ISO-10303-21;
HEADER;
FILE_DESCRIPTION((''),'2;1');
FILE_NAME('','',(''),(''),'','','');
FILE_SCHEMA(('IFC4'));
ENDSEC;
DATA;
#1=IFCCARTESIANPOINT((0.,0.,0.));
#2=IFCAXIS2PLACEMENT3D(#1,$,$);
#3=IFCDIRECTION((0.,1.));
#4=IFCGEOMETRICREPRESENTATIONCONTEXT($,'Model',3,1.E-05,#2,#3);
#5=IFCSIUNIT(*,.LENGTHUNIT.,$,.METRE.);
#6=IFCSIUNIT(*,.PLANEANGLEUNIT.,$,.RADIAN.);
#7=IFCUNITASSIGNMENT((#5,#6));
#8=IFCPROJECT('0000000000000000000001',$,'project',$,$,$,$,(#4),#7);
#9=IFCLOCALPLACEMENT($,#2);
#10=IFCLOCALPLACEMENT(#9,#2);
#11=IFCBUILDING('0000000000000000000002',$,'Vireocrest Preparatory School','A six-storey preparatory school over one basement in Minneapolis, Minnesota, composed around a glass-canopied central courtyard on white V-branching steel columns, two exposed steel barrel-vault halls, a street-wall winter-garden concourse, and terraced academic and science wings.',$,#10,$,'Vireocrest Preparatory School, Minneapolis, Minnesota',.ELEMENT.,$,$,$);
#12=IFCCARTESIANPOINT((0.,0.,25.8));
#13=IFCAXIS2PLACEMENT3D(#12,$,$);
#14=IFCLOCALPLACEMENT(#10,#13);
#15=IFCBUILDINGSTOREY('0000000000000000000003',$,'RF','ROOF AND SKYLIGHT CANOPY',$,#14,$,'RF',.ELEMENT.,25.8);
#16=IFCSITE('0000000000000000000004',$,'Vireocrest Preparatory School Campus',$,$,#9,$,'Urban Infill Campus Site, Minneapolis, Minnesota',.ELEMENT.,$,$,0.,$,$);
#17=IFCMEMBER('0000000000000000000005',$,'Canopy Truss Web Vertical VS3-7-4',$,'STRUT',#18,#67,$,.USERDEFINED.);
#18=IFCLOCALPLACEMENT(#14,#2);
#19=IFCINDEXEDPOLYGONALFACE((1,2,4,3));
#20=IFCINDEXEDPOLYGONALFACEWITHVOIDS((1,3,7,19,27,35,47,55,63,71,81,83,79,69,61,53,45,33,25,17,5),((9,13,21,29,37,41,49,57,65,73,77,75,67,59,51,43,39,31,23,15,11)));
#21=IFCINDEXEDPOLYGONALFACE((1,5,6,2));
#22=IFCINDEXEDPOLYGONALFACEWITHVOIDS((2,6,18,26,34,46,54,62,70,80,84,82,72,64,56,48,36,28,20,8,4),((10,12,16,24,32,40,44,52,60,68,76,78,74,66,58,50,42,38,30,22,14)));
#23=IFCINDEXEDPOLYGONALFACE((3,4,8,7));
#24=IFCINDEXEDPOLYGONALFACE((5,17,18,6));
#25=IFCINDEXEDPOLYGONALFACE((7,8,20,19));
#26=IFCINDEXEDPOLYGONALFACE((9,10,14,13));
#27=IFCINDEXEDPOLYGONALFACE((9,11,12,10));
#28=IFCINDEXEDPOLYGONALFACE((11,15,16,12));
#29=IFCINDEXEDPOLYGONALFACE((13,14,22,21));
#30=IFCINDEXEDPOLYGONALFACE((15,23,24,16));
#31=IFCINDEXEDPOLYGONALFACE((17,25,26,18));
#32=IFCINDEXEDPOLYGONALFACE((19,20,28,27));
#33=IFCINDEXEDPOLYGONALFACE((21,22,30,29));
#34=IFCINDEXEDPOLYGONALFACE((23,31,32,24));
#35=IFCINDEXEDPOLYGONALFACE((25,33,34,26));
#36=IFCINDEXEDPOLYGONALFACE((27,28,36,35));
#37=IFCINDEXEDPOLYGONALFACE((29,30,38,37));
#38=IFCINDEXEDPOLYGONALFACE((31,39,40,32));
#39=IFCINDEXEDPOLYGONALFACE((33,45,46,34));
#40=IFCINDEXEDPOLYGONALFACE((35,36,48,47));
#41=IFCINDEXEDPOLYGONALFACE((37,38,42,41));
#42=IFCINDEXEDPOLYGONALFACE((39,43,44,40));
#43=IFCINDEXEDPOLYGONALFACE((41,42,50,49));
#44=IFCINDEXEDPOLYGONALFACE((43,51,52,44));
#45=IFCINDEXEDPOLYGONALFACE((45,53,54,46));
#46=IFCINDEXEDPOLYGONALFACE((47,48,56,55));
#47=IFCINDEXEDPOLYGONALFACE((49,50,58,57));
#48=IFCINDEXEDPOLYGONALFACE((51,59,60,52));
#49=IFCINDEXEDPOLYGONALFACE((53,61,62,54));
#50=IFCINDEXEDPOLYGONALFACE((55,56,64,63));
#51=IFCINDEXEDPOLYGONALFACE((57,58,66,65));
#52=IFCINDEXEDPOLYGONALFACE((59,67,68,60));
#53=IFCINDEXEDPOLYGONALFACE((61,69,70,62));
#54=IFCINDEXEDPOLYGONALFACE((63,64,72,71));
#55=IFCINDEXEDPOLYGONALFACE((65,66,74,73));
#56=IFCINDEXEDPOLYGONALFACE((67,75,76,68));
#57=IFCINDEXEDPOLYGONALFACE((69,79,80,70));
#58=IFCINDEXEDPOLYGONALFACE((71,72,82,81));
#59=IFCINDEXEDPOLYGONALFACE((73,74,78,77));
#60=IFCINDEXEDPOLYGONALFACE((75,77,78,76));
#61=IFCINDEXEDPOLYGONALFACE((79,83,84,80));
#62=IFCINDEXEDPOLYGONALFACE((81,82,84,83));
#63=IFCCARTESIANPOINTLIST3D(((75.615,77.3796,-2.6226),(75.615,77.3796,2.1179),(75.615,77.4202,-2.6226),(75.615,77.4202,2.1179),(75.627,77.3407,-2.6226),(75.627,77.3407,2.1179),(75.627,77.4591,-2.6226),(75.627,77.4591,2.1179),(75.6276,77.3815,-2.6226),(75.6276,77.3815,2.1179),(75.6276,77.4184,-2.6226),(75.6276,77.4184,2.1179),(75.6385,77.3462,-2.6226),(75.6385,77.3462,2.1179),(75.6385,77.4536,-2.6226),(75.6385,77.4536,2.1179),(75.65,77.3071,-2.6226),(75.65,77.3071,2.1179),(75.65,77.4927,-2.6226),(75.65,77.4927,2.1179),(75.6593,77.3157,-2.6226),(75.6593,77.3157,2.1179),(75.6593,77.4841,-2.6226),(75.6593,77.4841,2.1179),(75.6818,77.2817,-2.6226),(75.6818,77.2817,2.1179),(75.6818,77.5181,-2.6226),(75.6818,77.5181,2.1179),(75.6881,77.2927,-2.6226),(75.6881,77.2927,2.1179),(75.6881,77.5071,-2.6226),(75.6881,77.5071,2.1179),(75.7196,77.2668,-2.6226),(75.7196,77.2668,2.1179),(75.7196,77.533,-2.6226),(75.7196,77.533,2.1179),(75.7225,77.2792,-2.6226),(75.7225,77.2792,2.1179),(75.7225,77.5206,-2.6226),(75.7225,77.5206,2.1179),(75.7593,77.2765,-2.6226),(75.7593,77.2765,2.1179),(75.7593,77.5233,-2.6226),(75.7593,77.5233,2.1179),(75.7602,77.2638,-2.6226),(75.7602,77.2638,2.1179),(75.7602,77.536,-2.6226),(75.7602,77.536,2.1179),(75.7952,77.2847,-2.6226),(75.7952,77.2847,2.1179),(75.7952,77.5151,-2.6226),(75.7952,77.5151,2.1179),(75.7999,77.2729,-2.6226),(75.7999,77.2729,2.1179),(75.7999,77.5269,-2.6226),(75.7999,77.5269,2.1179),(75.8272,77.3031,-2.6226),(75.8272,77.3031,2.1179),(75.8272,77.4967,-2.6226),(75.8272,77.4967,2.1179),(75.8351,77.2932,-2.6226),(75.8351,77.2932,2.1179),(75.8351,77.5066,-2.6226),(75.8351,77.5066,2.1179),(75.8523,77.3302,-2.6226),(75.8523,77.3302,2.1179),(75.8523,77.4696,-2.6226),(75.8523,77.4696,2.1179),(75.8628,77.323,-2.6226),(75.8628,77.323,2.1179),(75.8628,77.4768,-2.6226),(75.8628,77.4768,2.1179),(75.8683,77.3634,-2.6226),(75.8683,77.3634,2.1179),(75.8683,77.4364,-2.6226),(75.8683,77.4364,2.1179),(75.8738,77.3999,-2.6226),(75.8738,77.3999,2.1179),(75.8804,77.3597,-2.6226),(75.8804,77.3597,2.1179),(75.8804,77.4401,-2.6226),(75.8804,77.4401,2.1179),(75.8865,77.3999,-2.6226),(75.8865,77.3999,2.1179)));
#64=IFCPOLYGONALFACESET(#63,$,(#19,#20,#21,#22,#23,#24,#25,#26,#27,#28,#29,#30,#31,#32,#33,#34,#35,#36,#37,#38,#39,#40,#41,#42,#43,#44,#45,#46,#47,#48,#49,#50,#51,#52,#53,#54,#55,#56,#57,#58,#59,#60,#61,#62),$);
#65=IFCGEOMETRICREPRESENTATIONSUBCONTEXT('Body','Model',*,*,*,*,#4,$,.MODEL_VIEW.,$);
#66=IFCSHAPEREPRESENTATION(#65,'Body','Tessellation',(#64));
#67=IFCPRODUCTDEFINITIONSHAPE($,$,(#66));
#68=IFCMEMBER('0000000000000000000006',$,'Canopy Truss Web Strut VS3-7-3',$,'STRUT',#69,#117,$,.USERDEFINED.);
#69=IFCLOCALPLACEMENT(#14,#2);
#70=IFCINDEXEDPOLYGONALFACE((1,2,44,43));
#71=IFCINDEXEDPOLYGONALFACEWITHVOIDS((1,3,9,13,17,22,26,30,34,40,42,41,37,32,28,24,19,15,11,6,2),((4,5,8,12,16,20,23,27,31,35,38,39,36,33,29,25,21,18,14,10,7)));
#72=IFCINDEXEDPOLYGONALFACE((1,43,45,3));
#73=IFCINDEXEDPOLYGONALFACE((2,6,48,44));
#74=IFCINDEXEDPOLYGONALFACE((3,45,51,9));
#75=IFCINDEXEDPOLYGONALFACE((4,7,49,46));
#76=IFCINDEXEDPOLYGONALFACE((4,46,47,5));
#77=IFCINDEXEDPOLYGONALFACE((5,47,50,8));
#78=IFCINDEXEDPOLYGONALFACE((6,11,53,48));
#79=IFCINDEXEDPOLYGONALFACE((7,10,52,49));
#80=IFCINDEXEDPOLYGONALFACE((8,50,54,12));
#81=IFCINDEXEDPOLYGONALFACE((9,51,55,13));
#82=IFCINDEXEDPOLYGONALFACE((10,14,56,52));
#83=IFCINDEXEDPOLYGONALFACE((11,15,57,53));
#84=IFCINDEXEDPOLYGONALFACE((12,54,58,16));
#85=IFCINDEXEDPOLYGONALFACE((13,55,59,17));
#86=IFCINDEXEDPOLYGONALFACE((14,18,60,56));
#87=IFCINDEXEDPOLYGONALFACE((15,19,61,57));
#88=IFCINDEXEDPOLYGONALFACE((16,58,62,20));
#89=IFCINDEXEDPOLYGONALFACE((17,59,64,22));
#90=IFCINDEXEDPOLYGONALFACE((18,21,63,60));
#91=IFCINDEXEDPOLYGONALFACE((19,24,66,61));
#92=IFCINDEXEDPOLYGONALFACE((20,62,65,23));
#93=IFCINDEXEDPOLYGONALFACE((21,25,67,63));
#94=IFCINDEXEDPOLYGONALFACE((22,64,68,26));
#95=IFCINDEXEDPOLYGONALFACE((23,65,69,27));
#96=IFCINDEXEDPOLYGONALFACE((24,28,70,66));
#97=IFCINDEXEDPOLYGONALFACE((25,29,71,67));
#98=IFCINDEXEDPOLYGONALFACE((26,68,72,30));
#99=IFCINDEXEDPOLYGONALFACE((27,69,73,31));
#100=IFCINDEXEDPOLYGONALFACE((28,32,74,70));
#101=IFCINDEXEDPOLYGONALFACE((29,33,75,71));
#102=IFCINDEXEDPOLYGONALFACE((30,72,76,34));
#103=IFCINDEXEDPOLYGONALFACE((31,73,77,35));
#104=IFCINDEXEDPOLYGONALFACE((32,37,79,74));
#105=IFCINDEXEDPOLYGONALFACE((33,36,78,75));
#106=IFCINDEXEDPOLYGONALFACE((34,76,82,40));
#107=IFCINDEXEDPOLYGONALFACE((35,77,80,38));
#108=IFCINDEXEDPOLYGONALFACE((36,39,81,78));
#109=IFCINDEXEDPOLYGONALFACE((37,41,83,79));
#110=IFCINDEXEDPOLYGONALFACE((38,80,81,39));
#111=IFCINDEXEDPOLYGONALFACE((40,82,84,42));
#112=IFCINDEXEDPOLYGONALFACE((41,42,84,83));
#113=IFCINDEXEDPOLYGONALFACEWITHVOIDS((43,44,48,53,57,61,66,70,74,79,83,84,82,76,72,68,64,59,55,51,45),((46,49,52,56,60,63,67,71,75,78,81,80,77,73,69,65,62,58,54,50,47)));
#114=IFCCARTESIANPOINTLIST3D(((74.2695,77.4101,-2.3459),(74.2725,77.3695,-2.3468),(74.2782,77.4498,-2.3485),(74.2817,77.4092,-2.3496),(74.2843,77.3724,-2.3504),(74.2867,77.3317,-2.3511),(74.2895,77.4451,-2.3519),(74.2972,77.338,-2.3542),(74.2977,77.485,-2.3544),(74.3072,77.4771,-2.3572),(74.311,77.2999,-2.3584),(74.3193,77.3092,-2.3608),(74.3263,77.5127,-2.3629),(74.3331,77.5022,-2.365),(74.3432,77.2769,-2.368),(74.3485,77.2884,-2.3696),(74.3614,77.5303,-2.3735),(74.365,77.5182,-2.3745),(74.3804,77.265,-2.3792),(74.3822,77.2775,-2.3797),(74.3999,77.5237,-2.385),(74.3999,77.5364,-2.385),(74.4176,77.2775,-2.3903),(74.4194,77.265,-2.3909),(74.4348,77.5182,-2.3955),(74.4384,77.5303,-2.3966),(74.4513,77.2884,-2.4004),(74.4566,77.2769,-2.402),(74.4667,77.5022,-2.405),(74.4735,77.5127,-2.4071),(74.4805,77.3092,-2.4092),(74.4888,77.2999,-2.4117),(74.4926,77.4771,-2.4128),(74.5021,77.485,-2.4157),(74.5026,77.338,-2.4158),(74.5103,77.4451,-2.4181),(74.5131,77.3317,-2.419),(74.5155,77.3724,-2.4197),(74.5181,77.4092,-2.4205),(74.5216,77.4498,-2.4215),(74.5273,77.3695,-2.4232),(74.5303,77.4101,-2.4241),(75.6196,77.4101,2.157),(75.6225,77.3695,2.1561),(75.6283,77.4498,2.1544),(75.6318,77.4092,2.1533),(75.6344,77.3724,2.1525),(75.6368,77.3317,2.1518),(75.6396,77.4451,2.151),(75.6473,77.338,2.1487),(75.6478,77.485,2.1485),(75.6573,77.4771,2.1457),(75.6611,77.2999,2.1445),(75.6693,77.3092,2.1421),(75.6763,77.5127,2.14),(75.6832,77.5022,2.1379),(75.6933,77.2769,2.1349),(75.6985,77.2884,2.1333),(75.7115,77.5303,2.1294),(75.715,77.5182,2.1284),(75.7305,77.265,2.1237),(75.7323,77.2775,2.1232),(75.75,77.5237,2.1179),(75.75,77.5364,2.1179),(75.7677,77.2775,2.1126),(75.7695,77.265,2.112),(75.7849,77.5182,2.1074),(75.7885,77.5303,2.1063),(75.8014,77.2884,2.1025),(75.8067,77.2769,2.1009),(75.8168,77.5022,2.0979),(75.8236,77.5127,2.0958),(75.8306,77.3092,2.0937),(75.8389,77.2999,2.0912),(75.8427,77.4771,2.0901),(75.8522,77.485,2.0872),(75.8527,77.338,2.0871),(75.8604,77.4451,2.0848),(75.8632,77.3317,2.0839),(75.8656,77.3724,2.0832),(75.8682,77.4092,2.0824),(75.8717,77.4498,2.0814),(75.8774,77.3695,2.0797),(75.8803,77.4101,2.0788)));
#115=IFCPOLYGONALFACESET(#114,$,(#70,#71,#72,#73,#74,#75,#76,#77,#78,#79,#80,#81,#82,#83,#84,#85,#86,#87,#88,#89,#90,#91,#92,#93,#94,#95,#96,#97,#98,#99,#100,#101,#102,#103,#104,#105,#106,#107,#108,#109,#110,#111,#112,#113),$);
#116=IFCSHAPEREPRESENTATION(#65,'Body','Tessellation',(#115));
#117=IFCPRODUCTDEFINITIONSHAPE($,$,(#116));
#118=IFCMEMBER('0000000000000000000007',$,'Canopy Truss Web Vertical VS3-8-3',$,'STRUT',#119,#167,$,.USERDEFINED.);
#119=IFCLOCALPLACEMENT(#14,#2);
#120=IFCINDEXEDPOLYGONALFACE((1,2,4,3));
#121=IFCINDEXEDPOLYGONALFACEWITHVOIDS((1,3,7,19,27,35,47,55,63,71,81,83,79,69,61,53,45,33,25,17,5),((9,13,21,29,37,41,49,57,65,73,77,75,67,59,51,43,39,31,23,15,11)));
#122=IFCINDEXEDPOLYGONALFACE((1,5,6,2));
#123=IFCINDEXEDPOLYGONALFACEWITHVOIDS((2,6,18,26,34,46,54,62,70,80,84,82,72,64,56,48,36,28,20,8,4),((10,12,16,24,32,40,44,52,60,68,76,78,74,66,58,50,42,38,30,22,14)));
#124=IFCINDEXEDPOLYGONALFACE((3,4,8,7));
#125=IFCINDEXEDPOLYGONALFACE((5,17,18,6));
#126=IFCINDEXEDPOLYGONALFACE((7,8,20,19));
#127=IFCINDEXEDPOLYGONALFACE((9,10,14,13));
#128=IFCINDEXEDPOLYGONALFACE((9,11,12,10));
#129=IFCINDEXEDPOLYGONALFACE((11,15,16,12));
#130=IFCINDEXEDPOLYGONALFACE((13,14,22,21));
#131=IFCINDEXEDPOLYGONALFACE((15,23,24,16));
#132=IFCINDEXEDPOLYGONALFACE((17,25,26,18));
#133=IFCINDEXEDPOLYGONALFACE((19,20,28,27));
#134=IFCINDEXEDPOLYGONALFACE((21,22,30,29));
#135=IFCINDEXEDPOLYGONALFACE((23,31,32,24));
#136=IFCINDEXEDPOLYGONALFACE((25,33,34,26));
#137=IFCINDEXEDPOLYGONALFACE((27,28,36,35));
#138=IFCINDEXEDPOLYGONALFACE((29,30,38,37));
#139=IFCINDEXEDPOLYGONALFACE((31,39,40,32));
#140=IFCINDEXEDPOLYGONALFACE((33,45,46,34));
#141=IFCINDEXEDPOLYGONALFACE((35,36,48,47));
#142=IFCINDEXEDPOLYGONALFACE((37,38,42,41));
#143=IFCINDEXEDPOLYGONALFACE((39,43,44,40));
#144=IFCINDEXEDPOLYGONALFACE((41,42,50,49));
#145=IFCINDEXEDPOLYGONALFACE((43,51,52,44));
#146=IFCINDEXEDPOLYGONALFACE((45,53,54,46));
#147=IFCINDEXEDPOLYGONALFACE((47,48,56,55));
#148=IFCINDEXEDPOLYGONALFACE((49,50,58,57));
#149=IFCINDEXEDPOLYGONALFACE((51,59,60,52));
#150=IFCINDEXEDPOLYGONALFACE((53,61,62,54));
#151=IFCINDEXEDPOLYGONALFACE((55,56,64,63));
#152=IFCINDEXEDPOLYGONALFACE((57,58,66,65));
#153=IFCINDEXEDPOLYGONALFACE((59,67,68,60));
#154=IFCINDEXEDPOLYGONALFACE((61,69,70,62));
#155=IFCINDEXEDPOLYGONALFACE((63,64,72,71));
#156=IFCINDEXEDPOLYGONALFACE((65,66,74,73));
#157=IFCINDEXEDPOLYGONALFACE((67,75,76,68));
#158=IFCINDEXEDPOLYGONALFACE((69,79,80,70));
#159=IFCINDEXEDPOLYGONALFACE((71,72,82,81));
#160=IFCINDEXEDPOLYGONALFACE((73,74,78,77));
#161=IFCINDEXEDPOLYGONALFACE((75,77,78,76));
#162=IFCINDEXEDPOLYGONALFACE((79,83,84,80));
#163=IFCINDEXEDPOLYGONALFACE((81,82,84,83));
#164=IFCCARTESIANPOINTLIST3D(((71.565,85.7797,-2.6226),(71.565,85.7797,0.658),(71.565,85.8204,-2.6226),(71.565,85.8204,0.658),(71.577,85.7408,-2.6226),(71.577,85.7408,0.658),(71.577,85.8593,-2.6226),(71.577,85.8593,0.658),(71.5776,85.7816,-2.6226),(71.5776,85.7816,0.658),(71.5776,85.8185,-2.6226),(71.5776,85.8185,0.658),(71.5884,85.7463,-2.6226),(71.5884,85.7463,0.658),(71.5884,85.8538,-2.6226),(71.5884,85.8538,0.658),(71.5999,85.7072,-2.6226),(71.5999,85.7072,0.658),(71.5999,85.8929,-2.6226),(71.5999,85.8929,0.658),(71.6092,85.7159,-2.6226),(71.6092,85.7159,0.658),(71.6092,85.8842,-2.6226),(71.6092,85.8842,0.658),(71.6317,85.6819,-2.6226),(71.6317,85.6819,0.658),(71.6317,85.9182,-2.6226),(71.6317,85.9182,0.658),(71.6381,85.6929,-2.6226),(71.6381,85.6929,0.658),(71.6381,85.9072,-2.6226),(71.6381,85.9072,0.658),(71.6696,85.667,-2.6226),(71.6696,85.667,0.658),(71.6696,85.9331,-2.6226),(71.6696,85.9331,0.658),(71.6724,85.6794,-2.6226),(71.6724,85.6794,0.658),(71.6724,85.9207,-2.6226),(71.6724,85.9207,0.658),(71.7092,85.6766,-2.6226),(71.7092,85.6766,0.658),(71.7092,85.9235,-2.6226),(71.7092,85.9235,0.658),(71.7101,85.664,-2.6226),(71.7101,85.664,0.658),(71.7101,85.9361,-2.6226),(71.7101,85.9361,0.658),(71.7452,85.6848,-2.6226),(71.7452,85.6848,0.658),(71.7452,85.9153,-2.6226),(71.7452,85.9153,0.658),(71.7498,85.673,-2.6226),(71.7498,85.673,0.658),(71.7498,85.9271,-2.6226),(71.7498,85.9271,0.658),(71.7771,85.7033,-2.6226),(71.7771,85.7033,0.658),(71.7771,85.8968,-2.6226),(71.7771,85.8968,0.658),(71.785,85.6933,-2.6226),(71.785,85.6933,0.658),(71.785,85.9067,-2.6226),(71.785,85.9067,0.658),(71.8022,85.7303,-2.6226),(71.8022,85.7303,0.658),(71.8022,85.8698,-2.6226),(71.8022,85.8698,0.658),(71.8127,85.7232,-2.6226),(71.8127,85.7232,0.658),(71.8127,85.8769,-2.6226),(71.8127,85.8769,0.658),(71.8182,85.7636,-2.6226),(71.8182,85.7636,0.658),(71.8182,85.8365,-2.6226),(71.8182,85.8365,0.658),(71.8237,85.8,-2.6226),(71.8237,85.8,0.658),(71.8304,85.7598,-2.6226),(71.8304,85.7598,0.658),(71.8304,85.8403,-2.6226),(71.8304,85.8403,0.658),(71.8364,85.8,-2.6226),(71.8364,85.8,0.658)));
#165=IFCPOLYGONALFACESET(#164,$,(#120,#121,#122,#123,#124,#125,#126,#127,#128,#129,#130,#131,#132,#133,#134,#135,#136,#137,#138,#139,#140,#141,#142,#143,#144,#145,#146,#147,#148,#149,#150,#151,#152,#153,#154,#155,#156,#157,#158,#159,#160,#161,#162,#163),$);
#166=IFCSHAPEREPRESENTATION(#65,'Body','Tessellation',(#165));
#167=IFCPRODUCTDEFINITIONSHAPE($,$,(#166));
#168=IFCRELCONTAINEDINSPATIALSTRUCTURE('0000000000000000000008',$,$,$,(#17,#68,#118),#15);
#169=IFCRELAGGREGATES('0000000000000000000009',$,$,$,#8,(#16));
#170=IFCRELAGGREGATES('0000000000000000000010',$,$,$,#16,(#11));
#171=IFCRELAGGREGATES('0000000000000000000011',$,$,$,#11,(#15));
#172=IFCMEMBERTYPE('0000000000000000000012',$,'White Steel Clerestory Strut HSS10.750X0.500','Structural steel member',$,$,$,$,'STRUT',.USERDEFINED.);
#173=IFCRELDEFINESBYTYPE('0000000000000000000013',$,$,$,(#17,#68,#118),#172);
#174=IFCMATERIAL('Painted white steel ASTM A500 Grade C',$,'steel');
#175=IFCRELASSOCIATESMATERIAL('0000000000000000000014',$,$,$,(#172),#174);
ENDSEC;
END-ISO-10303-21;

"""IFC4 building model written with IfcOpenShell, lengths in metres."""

from ifc_helpers import new_model, si_unit, direction, frame, origin, origin_2d, place, context, subcontext, project, spatial, hollow_circle, extrude, material, material_profile, profile_set, type_object, element, save


model = new_model("IFC4")

# Units and contexts
model_context = context("Model", 3, precision=1e-05, world=origin(), true_north=direction((0.0, 1.0)))
body_context = subcontext(model_context, "Body", "Model", "MODEL_VIEW")
ifc_project = project(units=[si_unit("LENGTHUNIT", "METRE"), si_unit("PLANEANGLEUNIT", "RADIAN")], contexts=[model_context])

# Site, building, storey
site_placement = place(None, origin())
site = spatial("IfcSite", under=ifc_project, at=site_placement, Name="Vireocrest Preparatory School Campus", LongName="Urban Infill Campus Site, Minneapolis, Minnesota", CompositionType="ELEMENT", RefElevation=0.0)
building_placement = place(site_placement, origin())
building = spatial("IfcBuilding", under=site, at=building_placement, Name="Vireocrest Preparatory School", Description="A six-storey preparatory school over one basement in Minneapolis, Minnesota, composed around a glass-canopied central courtyard on white V-branching steel columns, two exposed steel barrel-vault halls, a street-wall winter-garden concourse, and terraced academic and science wings.", LongName="Vireocrest Preparatory School, Minneapolis, Minnesota", CompositionType="ELEMENT")
storey_placement = place(building_placement, frame((0.0, 0.0, 25.8)))
storey = spatial("IfcBuildingStorey", under=building, at=storey_placement, Name="RF", Description="ROOF AND SKYLIGHT CANOPY", LongName="RF", CompositionType="ELEMENT", Elevation=25.8)

# Shared definitions
ifc_material_1 = material(Name="Painted white steel ASTM A500 Grade C", Category="steel")

# Members
ifc_material_profile_1 = material_profile(ifc_material_1, hollow_circle(Radius=0.1365, WallThickness=0.0127, at=origin_2d()), Name="HSS10.750X0.500")
ifc_profile_set_1 = profile_set([ifc_material_profile_1], Name="Painted white steel ASTM A500 Grade C")
member_type_1 = type_object("IfcMemberType", Name="White Steel Clerestory Strut HSS10.750X0.500", Description="Structural steel member", ElementType="STRUT", PredefinedType="USERDEFINED", material=ifc_profile_set_1)
member_1_placement = place(storey_placement, frame((75.75, 77.3999, -2.6226), z_axis=(0.0, 0.0, 1.0), x_axis=(1.0, 0.0, 0.0)))
element("IfcMember", 1, at=member_1_placement, inside=storey, type_object=member_type_1, Name="Canopy Truss Web Vertical VS3-7-4", ObjectType="STRUT", PredefinedType="USERDEFINED", context=body_context, shape_type="SweptSolid", body=[
    extrude(hollow_circle(Radius=0.1365, WallThickness=0.0127, at=origin_2d()), origin(), (0.0, 0.0, 1.0), 4.7405),
])
member_2_placement = place(storey_placement, frame((74.3999, 77.3999, -2.385), z_axis=(0.287195, 0.0, 0.957872), x_axis=(0.0, 1.0, 0.0)))
element("IfcMember", 2, at=member_2_placement, inside=storey, type_object=member_type_1, Name="Canopy Truss Web Strut VS3-7-3", ObjectType="STRUT", PredefinedType="USERDEFINED", context=body_context, shape_type="SweptSolid", body=[
    extrude(hollow_circle(Radius=0.1365, WallThickness=0.0127, at=origin_2d()), origin(), (0.0, 0.0, 1.0), 4.7009),
])
member_3_placement = place(storey_placement, frame((71.7, 85.8, -2.6226), z_axis=(0.0, 0.0, 1.0), x_axis=(1.0, 0.0, 0.0)))
element("IfcMember", 3, at=member_3_placement, inside=storey, type_object=member_type_1, Name="Canopy Truss Web Vertical VS3-8-3", ObjectType="STRUT", PredefinedType="USERDEFINED", context=body_context, shape_type="SweptSolid", body=[
    extrude(hollow_circle(Radius=0.1365, WallThickness=0.0127, at=origin_2d()), origin(), (0.0, 0.0, 1.0), 3.2805),
])

save(model, "model.ifc")
